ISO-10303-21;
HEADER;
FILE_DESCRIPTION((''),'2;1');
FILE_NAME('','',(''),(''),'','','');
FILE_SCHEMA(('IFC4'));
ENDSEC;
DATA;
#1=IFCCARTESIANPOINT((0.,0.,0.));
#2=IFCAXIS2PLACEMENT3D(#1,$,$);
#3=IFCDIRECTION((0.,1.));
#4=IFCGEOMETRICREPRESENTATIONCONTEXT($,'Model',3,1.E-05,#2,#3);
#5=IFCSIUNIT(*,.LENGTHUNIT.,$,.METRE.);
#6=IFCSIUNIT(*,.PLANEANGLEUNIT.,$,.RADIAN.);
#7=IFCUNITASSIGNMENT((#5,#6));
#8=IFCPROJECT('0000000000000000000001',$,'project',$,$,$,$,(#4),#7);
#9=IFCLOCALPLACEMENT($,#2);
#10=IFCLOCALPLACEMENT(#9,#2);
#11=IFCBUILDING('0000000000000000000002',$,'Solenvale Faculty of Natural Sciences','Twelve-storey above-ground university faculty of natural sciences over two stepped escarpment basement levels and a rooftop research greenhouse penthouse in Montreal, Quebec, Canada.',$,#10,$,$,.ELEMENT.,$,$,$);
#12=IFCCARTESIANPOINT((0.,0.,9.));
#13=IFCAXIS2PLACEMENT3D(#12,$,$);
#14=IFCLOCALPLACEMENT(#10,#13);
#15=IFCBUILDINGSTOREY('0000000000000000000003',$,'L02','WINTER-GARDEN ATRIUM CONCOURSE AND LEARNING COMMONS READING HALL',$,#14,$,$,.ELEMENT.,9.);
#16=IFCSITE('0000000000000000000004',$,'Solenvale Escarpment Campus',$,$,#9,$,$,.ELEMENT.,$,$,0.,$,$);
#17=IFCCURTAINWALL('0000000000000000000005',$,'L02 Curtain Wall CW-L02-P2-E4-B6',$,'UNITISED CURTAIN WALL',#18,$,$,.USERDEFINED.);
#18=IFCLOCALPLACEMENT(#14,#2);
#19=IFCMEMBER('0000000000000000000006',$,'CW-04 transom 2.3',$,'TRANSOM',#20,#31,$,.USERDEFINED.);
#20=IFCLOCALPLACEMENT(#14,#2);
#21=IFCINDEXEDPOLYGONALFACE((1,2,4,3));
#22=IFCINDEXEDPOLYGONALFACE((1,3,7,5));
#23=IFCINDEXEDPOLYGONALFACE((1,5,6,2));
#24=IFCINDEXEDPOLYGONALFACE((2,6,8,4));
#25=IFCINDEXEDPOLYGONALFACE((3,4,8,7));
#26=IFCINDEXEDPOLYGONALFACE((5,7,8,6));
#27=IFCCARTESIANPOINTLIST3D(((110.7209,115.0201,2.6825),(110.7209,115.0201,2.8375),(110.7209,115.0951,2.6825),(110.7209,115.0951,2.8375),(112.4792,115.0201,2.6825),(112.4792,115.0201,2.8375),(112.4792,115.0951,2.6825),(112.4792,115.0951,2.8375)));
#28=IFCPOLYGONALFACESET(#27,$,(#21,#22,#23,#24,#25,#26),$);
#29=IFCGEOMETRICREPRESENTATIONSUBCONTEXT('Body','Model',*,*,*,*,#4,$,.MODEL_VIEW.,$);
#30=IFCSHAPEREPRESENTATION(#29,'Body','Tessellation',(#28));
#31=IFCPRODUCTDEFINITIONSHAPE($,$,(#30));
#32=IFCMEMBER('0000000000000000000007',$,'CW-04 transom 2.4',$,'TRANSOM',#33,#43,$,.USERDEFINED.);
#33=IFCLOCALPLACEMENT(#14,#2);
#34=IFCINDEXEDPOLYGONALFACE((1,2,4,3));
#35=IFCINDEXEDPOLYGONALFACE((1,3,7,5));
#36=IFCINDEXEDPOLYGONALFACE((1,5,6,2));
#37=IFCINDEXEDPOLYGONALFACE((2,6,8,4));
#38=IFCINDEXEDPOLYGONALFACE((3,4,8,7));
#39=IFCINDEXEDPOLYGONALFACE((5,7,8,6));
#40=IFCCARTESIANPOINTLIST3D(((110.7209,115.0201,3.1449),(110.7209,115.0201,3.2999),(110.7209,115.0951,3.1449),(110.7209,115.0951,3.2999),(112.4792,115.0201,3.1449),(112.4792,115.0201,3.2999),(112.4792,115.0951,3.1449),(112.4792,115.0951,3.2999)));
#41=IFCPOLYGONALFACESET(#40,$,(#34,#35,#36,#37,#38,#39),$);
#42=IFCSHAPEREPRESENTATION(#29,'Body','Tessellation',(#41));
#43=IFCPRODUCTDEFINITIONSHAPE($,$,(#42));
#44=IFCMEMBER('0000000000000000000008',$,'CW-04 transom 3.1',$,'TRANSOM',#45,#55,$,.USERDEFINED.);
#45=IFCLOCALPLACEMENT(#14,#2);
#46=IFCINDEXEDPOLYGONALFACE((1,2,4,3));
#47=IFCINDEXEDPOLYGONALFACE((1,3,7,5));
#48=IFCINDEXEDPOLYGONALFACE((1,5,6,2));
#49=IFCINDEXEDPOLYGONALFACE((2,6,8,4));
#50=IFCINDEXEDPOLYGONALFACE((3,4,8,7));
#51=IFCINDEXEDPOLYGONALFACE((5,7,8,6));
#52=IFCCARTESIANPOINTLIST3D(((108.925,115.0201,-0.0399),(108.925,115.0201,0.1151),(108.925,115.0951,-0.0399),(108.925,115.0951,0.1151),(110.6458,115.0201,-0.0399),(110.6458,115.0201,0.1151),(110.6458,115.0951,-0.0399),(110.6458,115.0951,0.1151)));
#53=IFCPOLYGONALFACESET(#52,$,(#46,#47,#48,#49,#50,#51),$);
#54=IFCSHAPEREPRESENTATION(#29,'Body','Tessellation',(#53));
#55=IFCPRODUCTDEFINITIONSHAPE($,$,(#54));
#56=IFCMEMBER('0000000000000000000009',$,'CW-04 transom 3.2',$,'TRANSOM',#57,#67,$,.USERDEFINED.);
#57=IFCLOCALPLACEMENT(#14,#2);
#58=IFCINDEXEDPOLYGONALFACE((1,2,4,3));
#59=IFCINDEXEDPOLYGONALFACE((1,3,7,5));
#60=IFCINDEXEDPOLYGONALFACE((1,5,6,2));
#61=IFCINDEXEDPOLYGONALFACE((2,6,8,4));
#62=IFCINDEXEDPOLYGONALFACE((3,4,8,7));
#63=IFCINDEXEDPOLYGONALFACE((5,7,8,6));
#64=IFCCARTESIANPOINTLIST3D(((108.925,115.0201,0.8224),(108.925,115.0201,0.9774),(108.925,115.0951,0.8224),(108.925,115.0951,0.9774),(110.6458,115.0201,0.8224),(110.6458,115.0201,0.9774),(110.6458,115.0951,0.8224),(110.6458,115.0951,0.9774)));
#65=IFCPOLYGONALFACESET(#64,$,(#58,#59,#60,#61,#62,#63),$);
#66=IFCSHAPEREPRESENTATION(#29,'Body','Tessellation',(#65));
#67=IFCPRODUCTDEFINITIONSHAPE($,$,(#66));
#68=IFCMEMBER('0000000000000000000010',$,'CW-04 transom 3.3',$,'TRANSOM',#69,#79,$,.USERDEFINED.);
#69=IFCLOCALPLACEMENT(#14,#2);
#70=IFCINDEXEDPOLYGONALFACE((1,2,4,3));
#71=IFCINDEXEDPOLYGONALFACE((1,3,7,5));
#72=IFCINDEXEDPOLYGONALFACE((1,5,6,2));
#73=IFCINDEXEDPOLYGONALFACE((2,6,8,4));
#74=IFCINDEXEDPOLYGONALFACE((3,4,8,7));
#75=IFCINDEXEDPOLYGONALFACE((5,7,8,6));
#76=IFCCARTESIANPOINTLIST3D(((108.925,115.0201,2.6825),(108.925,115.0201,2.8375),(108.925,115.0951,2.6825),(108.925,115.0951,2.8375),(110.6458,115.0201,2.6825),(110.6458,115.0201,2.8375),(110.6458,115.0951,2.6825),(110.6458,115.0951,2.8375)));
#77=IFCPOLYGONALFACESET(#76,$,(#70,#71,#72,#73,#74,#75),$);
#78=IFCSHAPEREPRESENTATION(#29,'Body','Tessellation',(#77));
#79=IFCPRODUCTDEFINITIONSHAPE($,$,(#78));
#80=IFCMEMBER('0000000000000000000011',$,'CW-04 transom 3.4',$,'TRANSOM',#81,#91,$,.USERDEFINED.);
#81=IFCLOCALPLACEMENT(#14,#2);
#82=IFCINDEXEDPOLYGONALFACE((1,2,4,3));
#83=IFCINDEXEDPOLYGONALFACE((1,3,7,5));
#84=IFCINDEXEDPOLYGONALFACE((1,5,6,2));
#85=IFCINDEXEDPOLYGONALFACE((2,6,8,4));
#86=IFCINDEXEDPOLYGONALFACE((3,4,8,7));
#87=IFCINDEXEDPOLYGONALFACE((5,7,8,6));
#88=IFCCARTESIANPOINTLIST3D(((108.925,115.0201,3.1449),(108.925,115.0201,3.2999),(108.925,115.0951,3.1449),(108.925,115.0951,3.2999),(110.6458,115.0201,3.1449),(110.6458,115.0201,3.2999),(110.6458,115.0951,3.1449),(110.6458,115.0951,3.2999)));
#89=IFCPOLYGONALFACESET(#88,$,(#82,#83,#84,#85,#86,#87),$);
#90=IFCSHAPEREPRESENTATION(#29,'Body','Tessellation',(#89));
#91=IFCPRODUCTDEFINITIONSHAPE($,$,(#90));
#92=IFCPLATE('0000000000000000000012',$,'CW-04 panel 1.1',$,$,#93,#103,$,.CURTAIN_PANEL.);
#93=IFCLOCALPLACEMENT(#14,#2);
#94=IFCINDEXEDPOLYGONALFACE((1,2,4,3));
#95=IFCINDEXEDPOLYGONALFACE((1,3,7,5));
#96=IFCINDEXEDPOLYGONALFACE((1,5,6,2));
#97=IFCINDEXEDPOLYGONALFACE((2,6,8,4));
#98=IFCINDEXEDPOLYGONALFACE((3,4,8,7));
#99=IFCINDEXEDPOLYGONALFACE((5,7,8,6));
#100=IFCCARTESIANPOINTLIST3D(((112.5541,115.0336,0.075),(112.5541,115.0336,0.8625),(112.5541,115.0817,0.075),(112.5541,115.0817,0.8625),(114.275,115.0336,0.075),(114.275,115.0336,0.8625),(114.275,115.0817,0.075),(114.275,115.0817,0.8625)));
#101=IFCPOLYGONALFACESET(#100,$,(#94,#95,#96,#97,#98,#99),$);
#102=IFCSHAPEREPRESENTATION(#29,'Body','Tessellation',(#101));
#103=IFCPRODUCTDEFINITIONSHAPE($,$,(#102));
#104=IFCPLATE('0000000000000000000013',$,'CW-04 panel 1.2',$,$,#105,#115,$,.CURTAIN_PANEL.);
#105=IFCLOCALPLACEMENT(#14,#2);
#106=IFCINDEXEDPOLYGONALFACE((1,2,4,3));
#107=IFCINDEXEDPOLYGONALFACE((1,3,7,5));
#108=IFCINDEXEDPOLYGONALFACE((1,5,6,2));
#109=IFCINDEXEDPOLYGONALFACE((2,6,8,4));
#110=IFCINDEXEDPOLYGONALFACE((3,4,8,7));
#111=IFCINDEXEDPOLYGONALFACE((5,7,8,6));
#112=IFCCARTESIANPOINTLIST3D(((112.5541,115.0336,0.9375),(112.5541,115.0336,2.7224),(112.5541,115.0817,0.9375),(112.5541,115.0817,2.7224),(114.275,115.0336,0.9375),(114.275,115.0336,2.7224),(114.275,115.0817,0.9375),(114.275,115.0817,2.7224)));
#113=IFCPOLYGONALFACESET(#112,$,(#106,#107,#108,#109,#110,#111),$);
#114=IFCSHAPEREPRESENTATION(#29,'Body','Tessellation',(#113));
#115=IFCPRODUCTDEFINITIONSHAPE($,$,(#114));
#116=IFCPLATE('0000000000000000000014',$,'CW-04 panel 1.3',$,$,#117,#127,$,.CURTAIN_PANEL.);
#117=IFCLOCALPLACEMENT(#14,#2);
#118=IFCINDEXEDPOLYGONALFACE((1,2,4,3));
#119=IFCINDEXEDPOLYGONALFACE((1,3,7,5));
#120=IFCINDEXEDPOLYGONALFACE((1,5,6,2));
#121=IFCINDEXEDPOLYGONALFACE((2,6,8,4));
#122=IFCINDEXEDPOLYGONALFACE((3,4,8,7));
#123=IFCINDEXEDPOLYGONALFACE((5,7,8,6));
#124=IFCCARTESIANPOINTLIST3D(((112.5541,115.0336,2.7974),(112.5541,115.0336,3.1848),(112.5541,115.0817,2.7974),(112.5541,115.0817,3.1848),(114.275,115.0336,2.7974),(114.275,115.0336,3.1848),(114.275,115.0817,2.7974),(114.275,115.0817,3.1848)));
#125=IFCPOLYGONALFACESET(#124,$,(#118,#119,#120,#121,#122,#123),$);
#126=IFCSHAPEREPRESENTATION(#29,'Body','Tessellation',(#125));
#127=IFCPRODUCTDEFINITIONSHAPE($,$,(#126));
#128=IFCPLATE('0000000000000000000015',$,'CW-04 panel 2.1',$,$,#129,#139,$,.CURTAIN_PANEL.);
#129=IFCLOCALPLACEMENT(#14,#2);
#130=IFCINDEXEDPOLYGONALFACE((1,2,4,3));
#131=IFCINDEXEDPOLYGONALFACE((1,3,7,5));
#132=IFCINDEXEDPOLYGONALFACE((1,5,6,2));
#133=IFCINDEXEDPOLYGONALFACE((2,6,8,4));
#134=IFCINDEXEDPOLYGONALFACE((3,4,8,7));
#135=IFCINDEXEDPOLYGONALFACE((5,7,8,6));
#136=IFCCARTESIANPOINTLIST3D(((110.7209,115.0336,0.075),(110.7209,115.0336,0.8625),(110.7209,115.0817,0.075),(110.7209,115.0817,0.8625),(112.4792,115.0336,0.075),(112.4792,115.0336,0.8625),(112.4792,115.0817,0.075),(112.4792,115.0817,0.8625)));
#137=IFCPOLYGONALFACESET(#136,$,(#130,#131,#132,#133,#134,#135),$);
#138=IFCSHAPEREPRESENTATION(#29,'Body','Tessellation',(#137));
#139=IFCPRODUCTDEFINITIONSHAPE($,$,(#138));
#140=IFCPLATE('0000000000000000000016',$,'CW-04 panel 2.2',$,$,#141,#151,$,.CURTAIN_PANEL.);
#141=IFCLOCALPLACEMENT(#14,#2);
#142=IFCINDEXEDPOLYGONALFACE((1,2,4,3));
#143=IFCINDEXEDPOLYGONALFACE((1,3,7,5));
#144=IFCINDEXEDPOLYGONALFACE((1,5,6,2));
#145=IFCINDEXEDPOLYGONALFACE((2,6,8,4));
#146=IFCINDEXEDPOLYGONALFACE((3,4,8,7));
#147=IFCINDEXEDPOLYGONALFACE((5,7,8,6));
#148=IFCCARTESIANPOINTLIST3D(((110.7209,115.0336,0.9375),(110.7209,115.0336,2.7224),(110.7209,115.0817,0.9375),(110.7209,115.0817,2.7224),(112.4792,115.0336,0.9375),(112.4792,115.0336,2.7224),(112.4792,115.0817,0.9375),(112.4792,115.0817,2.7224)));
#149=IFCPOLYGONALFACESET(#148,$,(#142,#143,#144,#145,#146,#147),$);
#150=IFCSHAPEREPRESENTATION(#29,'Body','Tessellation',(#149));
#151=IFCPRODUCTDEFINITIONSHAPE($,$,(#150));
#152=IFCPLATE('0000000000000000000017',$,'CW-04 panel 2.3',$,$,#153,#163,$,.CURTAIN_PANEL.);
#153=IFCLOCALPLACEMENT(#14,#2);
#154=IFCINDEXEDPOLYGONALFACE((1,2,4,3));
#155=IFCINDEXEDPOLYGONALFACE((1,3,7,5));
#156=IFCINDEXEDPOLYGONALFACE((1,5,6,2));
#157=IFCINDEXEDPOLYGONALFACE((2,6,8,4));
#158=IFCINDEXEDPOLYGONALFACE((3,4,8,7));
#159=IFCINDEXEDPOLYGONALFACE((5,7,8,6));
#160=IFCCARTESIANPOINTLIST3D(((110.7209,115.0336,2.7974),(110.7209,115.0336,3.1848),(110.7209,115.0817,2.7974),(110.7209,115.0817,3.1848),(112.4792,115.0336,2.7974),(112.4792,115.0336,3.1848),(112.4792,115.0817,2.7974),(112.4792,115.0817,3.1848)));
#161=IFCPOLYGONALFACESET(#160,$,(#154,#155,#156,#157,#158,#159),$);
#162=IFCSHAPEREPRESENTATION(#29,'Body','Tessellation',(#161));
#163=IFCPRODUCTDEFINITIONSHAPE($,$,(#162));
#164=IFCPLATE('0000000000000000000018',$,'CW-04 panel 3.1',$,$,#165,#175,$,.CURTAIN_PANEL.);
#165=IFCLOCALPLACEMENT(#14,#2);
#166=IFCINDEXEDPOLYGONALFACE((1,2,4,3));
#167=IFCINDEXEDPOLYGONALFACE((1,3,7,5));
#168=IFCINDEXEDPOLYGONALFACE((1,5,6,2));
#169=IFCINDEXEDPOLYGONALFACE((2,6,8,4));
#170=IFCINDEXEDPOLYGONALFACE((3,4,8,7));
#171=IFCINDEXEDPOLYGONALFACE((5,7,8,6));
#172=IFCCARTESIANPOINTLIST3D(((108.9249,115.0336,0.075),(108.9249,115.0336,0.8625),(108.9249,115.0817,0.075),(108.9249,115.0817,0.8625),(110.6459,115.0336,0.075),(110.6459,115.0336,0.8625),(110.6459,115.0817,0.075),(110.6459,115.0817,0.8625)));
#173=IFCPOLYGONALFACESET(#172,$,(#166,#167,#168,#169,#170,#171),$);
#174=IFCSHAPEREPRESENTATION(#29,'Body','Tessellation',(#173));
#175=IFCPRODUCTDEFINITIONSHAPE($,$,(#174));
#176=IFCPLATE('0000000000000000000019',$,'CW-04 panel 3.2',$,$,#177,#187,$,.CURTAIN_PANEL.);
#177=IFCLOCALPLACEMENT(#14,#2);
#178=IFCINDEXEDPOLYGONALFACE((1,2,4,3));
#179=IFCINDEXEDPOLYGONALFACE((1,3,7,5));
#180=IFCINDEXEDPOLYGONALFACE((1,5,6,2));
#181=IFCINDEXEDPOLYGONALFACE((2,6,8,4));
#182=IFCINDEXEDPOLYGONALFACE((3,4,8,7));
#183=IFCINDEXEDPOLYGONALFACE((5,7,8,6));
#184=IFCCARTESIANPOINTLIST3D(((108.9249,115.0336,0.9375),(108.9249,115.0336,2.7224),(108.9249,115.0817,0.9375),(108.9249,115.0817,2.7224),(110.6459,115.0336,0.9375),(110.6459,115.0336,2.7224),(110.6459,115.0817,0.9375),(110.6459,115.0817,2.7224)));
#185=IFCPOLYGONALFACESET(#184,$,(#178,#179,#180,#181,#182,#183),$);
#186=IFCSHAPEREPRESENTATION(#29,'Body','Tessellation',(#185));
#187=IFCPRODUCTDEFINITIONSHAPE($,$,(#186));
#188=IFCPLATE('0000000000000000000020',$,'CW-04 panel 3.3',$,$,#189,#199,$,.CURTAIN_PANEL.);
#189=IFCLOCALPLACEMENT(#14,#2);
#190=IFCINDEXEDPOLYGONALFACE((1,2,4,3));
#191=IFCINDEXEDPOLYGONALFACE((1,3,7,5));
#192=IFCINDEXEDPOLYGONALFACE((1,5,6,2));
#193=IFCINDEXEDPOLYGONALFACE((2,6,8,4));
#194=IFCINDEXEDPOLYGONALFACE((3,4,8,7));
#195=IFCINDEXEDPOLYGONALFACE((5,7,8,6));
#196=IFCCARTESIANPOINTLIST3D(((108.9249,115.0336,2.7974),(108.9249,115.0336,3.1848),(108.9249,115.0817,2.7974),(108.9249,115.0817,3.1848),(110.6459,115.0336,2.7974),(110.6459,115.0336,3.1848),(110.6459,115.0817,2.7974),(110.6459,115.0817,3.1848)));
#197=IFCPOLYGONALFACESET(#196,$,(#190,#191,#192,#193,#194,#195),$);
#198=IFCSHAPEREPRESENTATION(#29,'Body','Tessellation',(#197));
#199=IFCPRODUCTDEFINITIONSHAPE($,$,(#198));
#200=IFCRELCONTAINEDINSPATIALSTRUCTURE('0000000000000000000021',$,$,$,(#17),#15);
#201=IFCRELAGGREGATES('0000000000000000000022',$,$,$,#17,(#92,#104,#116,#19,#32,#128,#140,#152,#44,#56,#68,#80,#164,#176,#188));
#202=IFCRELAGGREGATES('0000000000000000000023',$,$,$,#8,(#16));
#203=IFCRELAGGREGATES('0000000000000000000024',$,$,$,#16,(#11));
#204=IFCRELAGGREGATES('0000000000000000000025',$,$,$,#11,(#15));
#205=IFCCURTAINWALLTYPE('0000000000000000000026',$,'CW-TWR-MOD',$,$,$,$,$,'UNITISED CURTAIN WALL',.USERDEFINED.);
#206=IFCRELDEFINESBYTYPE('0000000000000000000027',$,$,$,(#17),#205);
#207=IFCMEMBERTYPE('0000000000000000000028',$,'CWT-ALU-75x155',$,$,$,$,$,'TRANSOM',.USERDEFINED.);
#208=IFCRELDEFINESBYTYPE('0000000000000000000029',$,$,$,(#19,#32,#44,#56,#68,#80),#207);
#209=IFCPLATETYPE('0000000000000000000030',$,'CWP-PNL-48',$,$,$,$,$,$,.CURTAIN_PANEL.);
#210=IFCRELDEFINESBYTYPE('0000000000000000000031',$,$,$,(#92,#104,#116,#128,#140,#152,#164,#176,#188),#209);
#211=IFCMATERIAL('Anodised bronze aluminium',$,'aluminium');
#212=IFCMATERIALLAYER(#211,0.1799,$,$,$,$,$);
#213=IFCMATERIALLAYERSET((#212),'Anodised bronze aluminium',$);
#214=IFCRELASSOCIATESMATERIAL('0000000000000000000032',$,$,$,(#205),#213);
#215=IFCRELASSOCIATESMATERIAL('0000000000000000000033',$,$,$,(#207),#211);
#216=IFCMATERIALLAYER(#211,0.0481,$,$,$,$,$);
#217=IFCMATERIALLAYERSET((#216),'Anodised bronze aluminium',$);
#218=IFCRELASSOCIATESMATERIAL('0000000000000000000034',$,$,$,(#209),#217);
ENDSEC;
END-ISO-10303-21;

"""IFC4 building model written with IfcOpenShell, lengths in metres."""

from ifc_helpers import new_model, si_unit, direction, frame, origin, origin_2d, place, context, subcontext, project, spatial, rectangle, extrude, material, layer, layer_set, material_profile, profile_set, type_object, element, aggregate, save


model = new_model("IFC4")

# Units and contexts
model_context = context("Model", 3, precision=1e-05, world=origin(), true_north=direction((0.0, 1.0)))
body_context = subcontext(model_context, "Body", "Model", "MODEL_VIEW")
ifc_project = project(units=[si_unit("LENGTHUNIT", "METRE"), si_unit("PLANEANGLEUNIT", "RADIAN")], contexts=[model_context])

# Site, building, storey
site_placement = place(None, origin())
site = spatial("IfcSite", under=ifc_project, at=site_placement, Name="Solenvale Escarpment Campus", CompositionType="ELEMENT", RefElevation=0.0)
building_placement = place(site_placement, origin())
building = spatial("IfcBuilding", under=site, at=building_placement, Name="Solenvale Faculty of Natural Sciences", Description="Twelve-storey above-ground university faculty of natural sciences over two stepped escarpment basement levels and a rooftop research greenhouse penthouse in Montreal, Quebec, Canada.", CompositionType="ELEMENT")
storey_placement = place(building_placement, frame((0.0, 0.0, 9.0)))
storey = spatial("IfcBuildingStorey", under=building, at=storey_placement, Name="L02", Description="WINTER-GARDEN ATRIUM CONCOURSE AND LEARNING COMMONS READING HALL", CompositionType="ELEMENT", Elevation=9.0)

# Shared definitions
ifc_material_1 = material(Name="Anodised bronze aluminium", Category="aluminium")
ifc_layer_1 = layer(ifc_material_1, 0.1799)
ifc_layer_set_1 = layer_set([ifc_layer_1], Name="Anodised bronze aluminium")
curtain_wall_type = type_object("IfcCurtainWallType", Name="CW-TWR-MOD", ElementType="UNITISED CURTAIN WALL", PredefinedType="USERDEFINED", material=ifc_layer_set_1)

# Curtain wall, members, plates
curtain_wall_1_placement = place(storey_placement, origin())
curtain_wall_1 = element("IfcCurtainWall", 1, at=curtain_wall_1_placement, inside=storey, type_object=curtain_wall_type, Name="L02 Curtain Wall CW-L02-P2-E4-B6", ObjectType="UNITISED CURTAIN WALL", PredefinedType="USERDEFINED")
ifc_material_profile_1 = material_profile(ifc_material_1, rectangle(XDim=0.075, YDim=0.155, at=origin_2d()), Name="ALU-TRN-75x155")
ifc_profile_set_1 = profile_set([ifc_material_profile_1], Name="Anodised bronze aluminium")
member_type_1 = type_object("IfcMemberType", Name="CWT-ALU-75x155", ElementType="TRANSOM", PredefinedType="USERDEFINED", material=ifc_profile_set_1)
member_1_placement = place(storey_placement, frame((112.4792, 115.0576, 2.76), z_axis=(-1.0, 0.0, 0.0), x_axis=(0.0, -1.0, 0.0)))
member_1 = element("IfcMember", 2, at=member_1_placement, type_object=member_type_1, Name="CW-04 transom 2.3", ObjectType="TRANSOM", PredefinedType="USERDEFINED", context=body_context, shape_type="SweptSolid", body=[
    extrude(rectangle(XDim=0.075, YDim=0.155, at=origin_2d()), origin(), (0.0, 0.0, 1.0), 1.7583),
])
member_2_placement = place(storey_placement, frame((112.4792, 115.0576, 3.2224), z_axis=(-1.0, 0.0, 0.0), x_axis=(0.0, -1.0, 0.0)))
member_2 = element("IfcMember", 3, at=member_2_placement, type_object=member_type_1, Name="CW-04 transom 2.4", ObjectType="TRANSOM", PredefinedType="USERDEFINED", context=body_context, shape_type="SweptSolid", body=[
    extrude(rectangle(XDim=0.075, YDim=0.155, at=origin_2d()), origin(), (0.0, 0.0, 1.0), 1.7583),
])
member_3_placement = place(storey_placement, frame((110.6458, 115.0576, 0.0376), z_axis=(-1.0, 0.0, 0.0), x_axis=(0.0, -1.0, 0.0)))
member_3 = element("IfcMember", 4, at=member_3_placement, type_object=member_type_1, Name="CW-04 transom 3.1", ObjectType="TRANSOM", PredefinedType="USERDEFINED", context=body_context, shape_type="SweptSolid", body=[
    extrude(rectangle(XDim=0.075, YDim=0.155, at=origin_2d()), origin(), (0.0, 0.0, 1.0), 1.7207),
])
member_4_placement = place(storey_placement, frame((110.6458, 115.0576, 0.8999), z_axis=(-1.0, 0.0, 0.0), x_axis=(0.0, -1.0, 0.0)))
member_4 = element("IfcMember", 5, at=member_4_placement, type_object=member_type_1, Name="CW-04 transom 3.2", ObjectType="TRANSOM", PredefinedType="USERDEFINED", context=body_context, shape_type="SweptSolid", body=[
    extrude(rectangle(XDim=0.075, YDim=0.155, at=origin_2d()), origin(), (0.0, 0.0, 1.0), 1.7207),
])
member_5_placement = place(storey_placement, frame((110.6458, 115.0576, 2.76), z_axis=(-1.0, 0.0, 0.0), x_axis=(0.0, -1.0, 0.0)))
member_5 = element("IfcMember", 6, at=member_5_placement, type_object=member_type_1, Name="CW-04 transom 3.3", ObjectType="TRANSOM", PredefinedType="USERDEFINED", context=body_context, shape_type="SweptSolid", body=[
    extrude(rectangle(XDim=0.075, YDim=0.155, at=origin_2d()), origin(), (0.0, 0.0, 1.0), 1.7207),
])
member_6_placement = place(storey_placement, frame((110.6458, 115.0576, 3.2224), z_axis=(-1.0, 0.0, 0.0), x_axis=(0.0, -1.0, 0.0)))
member_6 = element("IfcMember", 7, at=member_6_placement, type_object=member_type_1, Name="CW-04 transom 3.4", ObjectType="TRANSOM", PredefinedType="USERDEFINED", context=body_context, shape_type="SweptSolid", body=[
    extrude(rectangle(XDim=0.075, YDim=0.155, at=origin_2d()), origin(), (0.0, 0.0, 1.0), 1.7207),
])
ifc_layer_2 = layer(ifc_material_1, 0.0481)
ifc_layer_set_2 = layer_set([ifc_layer_2], Name="Anodised bronze aluminium")
plate_type = type_object("IfcPlateType", Name="CWP-PNL-48", PredefinedType="CURTAIN_PANEL", material=ifc_layer_set_2)
plate_1_placement = place(storey_placement, frame((113.4146, 115.0576, 0.075), z_axis=(0.0, 0.0, 1.0), x_axis=(-1.0, 0.0, 0.0)))
plate_1 = element("IfcPlate", 8, at=plate_1_placement, type_object=plate_type, Name="CW-04 panel 1.1", PredefinedType="CURTAIN_PANEL", context=body_context, shape_type="SweptSolid", body=[
    extrude(rectangle(XDim=1.7209, YDim=0.0481, at=origin_2d()), origin(), (0.0, 0.0, 1.0), 0.7876),
])
plate_2_placement = place(storey_placement, frame((113.4146, 115.0576, 0.9375), z_axis=(0.0, 0.0, 1.0), x_axis=(-1.0, 0.0, 0.0)))
plate_2 = element("IfcPlate", 9, at=plate_2_placement, type_object=plate_type, Name="CW-04 panel 1.2", PredefinedType="CURTAIN_PANEL", context=body_context, shape_type="SweptSolid", body=[
    extrude(rectangle(XDim=1.7209, YDim=0.0481, at=origin_2d()), origin(), (0.0, 0.0, 1.0), 1.7849),
])
plate_3_placement = place(storey_placement, frame((113.4146, 115.0576, 2.7974), z_axis=(0.0, 0.0, 1.0), x_axis=(-1.0, 0.0, 0.0)))
plate_3 = element("IfcPlate", 10, at=plate_3_placement, type_object=plate_type, Name="CW-04 panel 1.3", PredefinedType="CURTAIN_PANEL", context=body_context, shape_type="SweptSolid", body=[
    extrude(rectangle(XDim=1.7209, YDim=0.0481, at=origin_2d()), origin(), (0.0, 0.0, 1.0), 0.3875),
])
plate_4_placement = place(storey_placement, frame((111.6001, 115.0576, 0.075), z_axis=(0.0, 0.0, 1.0), x_axis=(-1.0, 0.0, 0.0)))
plate_4 = element("IfcPlate", 11, at=plate_4_placement, type_object=plate_type, Name="CW-04 panel 2.1", PredefinedType="CURTAIN_PANEL", context=body_context, shape_type="SweptSolid", body=[
    extrude(rectangle(XDim=1.7583, YDim=0.0481, at=origin_2d()), origin(), (0.0, 0.0, 1.0), 0.7876),
])
plate_5_placement = place(storey_placement, frame((111.6001, 115.0576, 0.9375), z_axis=(0.0, 0.0, 1.0), x_axis=(-1.0, 0.0, 0.0)))
plate_5 = element("IfcPlate", 12, at=plate_5_placement, type_object=plate_type, Name="CW-04 panel 2.2", PredefinedType="CURTAIN_PANEL", context=body_context, shape_type="SweptSolid", body=[
    extrude(rectangle(XDim=1.7583, YDim=0.0481, at=origin_2d()), origin(), (0.0, 0.0, 1.0), 1.7849),
])
plate_6_placement = place(storey_placement, frame((111.6001, 115.0576, 2.7974), z_axis=(0.0, 0.0, 1.0), x_axis=(-1.0, 0.0, 0.0)))
plate_6 = element("IfcPlate", 13, at=plate_6_placement, type_object=plate_type, Name="CW-04 panel 2.3", PredefinedType="CURTAIN_PANEL", context=body_context, shape_type="SweptSolid", body=[
    extrude(rectangle(XDim=1.7583, YDim=0.0481, at=origin_2d()), origin(), (0.0, 0.0, 1.0), 0.3875),
])
plate_7_placement = place(storey_placement, frame((109.7854, 115.0576, 0.075), z_axis=(0.0, 0.0, 1.0), x_axis=(-1.0, 0.0, 0.0)))
plate_7 = element("IfcPlate", 14, at=plate_7_placement, type_object=plate_type, Name="CW-04 panel 3.1", PredefinedType="CURTAIN_PANEL", context=body_context, shape_type="SweptSolid", body=[
    extrude(rectangle(XDim=1.7209, YDim=0.0481, at=origin_2d()), origin(), (0.0, 0.0, 1.0), 0.7876),
])
plate_8_placement = place(storey_placement, frame((109.7854, 115.0576, 0.9375), z_axis=(0.0, 0.0, 1.0), x_axis=(-1.0, 0.0, 0.0)))
plate_8 = element("IfcPlate", 15, at=plate_8_placement, type_object=plate_type, Name="CW-04 panel 3.2", PredefinedType="CURTAIN_PANEL", context=body_context, shape_type="SweptSolid", body=[
    extrude(rectangle(XDim=1.7209, YDim=0.0481, at=origin_2d()), origin(), (0.0, 0.0, 1.0), 1.7849),
])
plate_9_placement = place(storey_placement, frame((109.7854, 115.0576, 2.7974), z_axis=(0.0, 0.0, 1.0), x_axis=(-1.0, 0.0, 0.0)))
plate_9 = element("IfcPlate", 16, at=plate_9_placement, type_object=plate_type, Name="CW-04 panel 3.3", PredefinedType="CURTAIN_PANEL", context=body_context, shape_type="SweptSolid", body=[
    extrude(rectangle(XDim=1.7209, YDim=0.0481, at=origin_2d()), origin(), (0.0, 0.0, 1.0), 0.3875),
])
aggregate(curtain_wall_1, [plate_1, plate_2, plate_3, member_1, member_2, plate_4, plate_5, plate_6, member_3, member_4, member_5, member_6, plate_7, plate_8, plate_9])

save(model, "model.ifc")
